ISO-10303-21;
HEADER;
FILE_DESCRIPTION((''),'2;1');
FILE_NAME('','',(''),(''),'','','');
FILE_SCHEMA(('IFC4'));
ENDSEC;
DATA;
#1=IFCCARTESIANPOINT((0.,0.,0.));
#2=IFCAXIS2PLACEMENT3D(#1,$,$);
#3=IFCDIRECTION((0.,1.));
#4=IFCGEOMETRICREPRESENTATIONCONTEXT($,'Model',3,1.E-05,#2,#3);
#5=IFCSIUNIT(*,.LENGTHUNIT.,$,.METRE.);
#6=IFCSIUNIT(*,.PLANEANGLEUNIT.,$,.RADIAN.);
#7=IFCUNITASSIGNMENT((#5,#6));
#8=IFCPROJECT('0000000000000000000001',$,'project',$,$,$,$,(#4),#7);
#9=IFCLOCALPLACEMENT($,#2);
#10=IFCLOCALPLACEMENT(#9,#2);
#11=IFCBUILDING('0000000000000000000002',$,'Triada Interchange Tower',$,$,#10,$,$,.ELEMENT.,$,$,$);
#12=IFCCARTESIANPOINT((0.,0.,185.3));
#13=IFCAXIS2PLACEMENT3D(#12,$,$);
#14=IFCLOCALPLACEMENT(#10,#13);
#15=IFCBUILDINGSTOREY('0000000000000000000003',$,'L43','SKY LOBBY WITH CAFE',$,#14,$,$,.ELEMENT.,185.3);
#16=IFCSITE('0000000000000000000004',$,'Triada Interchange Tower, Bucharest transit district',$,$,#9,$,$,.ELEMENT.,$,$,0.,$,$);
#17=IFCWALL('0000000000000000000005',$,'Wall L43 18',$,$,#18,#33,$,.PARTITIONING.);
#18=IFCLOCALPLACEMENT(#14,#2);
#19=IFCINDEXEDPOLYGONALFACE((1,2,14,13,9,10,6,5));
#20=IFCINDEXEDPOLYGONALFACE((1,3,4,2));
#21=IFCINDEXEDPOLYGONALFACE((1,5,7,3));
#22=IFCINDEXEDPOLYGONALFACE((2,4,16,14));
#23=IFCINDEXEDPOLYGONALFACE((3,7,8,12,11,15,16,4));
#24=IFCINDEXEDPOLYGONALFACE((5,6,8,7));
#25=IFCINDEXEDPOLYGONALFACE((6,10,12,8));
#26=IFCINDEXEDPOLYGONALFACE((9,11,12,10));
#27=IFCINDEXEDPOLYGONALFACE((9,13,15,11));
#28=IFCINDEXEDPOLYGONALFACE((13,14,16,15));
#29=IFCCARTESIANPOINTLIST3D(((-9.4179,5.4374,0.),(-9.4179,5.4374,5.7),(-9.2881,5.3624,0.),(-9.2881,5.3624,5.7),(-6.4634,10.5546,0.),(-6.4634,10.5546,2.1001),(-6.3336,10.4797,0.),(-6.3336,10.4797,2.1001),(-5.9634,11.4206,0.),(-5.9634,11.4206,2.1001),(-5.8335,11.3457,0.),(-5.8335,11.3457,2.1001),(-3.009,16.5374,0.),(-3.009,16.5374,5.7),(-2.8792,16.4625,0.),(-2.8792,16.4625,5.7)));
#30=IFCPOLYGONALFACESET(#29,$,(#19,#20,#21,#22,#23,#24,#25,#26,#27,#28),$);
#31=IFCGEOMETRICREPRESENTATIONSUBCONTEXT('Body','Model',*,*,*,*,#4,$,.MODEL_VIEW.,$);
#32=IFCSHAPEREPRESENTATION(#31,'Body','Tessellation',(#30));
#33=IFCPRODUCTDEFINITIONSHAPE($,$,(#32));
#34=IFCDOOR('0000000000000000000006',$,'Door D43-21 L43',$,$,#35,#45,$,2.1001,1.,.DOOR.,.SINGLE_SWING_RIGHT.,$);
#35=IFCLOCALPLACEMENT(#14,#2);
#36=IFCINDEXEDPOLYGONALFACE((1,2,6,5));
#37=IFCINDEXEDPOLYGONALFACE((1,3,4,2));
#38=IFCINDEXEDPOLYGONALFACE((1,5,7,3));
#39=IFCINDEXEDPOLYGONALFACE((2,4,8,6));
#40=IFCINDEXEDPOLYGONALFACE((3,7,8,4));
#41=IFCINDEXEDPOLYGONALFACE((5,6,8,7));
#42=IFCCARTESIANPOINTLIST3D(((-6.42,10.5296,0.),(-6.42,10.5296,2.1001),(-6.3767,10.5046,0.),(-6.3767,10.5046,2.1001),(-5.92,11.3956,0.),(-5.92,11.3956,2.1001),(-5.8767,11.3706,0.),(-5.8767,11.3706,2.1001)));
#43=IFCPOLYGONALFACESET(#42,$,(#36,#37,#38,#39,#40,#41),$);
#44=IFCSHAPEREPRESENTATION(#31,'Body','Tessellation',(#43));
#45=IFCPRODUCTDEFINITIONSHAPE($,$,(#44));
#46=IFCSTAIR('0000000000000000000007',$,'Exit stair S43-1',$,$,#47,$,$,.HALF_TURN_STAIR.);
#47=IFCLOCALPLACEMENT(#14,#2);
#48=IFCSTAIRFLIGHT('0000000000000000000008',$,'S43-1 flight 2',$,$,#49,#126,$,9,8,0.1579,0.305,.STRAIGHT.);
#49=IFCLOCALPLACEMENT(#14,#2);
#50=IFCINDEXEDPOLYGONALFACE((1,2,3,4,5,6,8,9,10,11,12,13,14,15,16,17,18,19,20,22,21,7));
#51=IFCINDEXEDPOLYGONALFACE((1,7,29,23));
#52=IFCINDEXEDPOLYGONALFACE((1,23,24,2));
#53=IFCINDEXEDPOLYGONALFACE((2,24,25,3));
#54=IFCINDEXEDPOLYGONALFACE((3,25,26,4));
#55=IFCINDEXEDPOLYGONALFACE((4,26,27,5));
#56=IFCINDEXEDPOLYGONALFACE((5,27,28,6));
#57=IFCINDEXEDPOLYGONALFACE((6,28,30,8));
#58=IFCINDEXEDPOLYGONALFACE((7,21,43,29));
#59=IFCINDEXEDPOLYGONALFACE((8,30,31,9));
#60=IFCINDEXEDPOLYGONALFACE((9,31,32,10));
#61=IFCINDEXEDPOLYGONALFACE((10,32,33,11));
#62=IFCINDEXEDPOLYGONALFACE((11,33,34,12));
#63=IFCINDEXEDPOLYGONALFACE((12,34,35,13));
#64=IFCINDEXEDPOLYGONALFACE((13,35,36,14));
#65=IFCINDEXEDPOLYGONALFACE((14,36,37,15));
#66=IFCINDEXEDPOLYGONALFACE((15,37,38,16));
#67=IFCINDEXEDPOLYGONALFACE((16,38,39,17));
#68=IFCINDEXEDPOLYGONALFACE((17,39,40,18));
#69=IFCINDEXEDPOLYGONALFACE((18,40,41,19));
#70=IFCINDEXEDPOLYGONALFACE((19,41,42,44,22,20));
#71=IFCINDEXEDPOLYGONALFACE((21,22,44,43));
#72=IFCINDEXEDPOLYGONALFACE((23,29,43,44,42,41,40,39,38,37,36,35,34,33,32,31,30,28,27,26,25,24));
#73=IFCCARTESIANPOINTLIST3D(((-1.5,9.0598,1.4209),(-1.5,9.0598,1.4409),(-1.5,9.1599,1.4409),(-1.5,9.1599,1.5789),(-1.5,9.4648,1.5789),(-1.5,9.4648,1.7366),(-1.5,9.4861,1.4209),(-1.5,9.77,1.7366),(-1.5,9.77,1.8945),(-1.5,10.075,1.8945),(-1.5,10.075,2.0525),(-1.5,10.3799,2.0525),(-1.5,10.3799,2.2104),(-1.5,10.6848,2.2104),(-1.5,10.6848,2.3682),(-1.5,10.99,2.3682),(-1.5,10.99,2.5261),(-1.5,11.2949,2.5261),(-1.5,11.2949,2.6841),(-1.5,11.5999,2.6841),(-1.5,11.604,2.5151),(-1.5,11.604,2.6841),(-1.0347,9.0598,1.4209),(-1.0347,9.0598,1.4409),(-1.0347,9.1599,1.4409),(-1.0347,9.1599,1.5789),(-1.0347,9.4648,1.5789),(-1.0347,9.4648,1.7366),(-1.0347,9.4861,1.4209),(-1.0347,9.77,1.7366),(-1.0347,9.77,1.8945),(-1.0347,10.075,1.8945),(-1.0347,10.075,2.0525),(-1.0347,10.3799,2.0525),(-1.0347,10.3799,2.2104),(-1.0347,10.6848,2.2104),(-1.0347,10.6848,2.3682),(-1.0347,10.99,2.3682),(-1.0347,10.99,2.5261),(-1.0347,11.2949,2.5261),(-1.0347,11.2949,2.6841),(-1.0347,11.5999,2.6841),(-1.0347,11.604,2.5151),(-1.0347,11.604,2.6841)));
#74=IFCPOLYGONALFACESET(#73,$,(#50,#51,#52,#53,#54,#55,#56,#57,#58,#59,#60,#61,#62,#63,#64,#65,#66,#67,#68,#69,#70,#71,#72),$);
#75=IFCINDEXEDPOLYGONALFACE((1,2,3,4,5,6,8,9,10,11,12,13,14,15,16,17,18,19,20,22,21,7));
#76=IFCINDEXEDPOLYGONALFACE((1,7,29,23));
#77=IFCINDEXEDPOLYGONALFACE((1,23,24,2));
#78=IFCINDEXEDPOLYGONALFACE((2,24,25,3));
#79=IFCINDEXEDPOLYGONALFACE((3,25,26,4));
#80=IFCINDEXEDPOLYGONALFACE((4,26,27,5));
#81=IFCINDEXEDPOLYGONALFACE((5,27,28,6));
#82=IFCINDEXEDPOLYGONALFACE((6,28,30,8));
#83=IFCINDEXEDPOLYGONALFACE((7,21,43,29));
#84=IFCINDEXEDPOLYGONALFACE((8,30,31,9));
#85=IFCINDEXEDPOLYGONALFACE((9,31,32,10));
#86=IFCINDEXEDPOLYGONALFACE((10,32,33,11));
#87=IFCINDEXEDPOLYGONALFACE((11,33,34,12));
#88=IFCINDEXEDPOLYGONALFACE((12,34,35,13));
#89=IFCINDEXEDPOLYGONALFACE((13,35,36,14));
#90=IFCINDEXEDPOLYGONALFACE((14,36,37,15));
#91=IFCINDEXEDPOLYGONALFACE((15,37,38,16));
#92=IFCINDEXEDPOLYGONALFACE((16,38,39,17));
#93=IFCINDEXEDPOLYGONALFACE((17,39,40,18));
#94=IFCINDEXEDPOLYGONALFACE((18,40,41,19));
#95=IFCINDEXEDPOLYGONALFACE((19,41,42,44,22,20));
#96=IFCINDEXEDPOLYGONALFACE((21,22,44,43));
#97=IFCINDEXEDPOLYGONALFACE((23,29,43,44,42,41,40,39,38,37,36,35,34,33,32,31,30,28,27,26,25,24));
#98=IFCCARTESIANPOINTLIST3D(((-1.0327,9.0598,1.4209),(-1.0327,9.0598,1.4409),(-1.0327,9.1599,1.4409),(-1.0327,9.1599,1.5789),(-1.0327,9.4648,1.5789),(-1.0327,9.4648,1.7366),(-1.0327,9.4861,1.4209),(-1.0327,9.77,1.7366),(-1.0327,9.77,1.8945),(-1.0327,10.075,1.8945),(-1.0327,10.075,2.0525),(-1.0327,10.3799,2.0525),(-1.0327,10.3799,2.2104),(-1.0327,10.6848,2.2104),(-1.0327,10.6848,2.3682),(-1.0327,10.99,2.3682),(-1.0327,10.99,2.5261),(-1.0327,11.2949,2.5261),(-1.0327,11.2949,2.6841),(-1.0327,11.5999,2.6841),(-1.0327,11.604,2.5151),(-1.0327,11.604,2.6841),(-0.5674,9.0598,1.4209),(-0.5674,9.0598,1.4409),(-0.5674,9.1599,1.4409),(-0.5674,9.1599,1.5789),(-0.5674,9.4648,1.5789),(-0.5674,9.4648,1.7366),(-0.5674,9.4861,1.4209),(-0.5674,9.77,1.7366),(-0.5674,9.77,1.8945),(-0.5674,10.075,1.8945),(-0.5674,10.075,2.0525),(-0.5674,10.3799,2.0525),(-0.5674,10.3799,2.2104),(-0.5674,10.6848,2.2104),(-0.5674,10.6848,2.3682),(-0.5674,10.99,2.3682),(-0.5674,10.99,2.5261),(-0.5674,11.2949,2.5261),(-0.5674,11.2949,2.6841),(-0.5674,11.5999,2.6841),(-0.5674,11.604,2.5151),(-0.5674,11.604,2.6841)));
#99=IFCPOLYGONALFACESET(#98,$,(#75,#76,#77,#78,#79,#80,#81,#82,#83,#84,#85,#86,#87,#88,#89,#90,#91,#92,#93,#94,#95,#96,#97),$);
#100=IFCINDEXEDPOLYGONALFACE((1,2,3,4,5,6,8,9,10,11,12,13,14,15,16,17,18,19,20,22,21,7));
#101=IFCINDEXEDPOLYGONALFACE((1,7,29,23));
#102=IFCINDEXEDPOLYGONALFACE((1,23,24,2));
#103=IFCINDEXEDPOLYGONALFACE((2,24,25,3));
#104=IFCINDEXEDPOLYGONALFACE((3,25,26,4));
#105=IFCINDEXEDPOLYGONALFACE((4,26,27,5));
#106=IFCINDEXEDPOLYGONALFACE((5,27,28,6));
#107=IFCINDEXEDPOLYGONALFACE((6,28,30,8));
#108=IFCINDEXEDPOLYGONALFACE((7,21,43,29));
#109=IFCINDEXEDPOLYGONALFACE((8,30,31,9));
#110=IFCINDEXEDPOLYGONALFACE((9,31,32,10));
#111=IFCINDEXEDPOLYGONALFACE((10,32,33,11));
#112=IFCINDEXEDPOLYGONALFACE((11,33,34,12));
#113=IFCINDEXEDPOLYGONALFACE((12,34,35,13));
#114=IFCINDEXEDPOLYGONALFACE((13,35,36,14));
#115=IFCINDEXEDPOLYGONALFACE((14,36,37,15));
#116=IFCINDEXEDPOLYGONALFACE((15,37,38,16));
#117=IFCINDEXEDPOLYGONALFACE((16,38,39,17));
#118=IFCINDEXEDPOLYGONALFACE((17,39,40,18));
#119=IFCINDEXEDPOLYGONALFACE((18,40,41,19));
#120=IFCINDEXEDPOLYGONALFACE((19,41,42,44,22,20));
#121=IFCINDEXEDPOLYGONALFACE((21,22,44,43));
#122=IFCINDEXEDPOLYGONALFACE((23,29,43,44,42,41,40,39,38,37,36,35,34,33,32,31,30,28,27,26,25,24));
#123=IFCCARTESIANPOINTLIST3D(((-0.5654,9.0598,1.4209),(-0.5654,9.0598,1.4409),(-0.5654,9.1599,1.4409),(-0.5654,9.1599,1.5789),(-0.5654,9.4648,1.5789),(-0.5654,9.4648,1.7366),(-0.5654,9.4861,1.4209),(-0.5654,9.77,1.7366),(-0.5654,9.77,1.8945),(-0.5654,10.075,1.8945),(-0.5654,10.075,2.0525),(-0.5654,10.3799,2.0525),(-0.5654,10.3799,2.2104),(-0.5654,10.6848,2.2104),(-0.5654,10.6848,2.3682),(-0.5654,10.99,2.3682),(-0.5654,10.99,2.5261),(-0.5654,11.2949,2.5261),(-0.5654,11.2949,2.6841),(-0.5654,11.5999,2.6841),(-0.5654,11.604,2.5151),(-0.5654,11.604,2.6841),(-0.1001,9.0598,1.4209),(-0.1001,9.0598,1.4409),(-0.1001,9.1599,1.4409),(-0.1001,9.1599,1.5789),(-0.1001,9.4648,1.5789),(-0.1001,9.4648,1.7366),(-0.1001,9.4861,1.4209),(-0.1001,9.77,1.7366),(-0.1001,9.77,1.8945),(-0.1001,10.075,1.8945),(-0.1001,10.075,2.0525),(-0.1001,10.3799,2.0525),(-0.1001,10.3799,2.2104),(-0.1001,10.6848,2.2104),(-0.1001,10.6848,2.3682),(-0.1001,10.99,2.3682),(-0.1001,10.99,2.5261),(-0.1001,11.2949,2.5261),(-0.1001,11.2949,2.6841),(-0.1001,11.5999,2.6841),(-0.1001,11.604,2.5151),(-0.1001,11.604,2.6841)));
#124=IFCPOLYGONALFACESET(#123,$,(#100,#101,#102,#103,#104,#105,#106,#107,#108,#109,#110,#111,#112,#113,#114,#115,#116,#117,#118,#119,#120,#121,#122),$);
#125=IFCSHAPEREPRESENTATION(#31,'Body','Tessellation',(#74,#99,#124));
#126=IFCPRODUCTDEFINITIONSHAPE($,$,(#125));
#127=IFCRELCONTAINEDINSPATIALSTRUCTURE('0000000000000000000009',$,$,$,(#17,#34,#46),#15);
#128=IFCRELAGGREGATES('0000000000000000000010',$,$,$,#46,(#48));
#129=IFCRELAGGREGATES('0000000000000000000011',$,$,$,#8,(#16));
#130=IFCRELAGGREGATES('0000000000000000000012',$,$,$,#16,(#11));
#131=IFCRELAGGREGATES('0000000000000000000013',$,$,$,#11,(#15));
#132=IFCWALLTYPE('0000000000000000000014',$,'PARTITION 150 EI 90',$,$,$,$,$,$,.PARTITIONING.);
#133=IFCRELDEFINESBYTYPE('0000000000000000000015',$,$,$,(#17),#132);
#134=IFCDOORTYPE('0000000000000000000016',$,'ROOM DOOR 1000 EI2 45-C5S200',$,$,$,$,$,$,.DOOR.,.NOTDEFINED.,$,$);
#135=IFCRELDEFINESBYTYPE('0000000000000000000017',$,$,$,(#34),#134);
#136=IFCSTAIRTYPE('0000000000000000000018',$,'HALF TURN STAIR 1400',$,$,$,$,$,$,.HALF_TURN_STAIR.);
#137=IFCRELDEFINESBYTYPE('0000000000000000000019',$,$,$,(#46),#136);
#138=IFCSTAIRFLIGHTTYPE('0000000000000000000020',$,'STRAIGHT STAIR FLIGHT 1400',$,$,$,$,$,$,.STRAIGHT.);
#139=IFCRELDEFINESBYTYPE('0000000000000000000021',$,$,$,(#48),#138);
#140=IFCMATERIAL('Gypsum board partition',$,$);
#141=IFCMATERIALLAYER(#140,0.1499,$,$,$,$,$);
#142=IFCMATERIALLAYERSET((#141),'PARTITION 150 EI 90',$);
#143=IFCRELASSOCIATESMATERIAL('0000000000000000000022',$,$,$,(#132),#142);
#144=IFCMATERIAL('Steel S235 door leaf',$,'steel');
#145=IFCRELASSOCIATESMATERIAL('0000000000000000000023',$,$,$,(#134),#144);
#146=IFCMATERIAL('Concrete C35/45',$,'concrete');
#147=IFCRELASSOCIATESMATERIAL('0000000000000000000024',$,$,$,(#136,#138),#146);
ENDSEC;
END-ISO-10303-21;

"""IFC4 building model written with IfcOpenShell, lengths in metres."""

from ifc_helpers import new_model, si_unit, direction, frame, frame_2d, origin, place, context, subcontext, project, spatial, polyline, rectangle, outline, extrude, material, layer, layer_set, type_object, element, fill, aggregate, save


model = new_model("IFC4")

# Units and contexts
model_context = context("Model", 3, precision=1e-05, world=origin(), true_north=direction((0.0, 1.0)))
body_context = subcontext(model_context, "Body", "Model", "MODEL_VIEW")
ifc_project = project(units=[si_unit("LENGTHUNIT", "METRE"), si_unit("PLANEANGLEUNIT", "RADIAN")], contexts=[model_context])

# Site, building, storey
site_placement = place(None, origin())
site = spatial("IfcSite", under=ifc_project, at=site_placement, Name="Triada Interchange Tower, Bucharest transit district", CompositionType="ELEMENT", RefElevation=0.0)
building_placement = place(site_placement, origin())
building = spatial("IfcBuilding", under=site, at=building_placement, Name="Triada Interchange Tower", CompositionType="ELEMENT")
storey_placement = place(building_placement, frame((0.0, 0.0, 185.3)))
storey = spatial("IfcBuildingStorey", under=building, at=storey_placement, Name="L43", Description="SKY LOBBY WITH CAFE", CompositionType="ELEMENT", Elevation=185.3)

# Shared definitions
ifc_material_1 = material(Name="Steel S235 door leaf", Category="steel")

# Wall, opening, door
ifc_material_2 = material(Name="Gypsum board partition")
ifc_layer_1 = layer(ifc_material_2, 0.1499)
ifc_layer_set_1 = layer_set([ifc_layer_1], Name="PARTITION 150 EI 90")
wall_type_1 = type_object("IfcWallType", Name="PARTITION 150 EI 90", PredefinedType="PARTITIONING", material=ifc_layer_set_1)
wall_1_placement = place(storey_placement, frame((-9.353, 5.3999, 0.0), z_axis=(0.0, 0.0, 1.0), x_axis=(0.500017, 0.866016, 0.0)))
wall_1 = element("IfcWall", 1, at=wall_1_placement, inside=storey, type_object=wall_type_1, Name="Wall L43 18", PredefinedType="PARTITIONING", context=body_context, shape_type="SweptSolid", body=[
    extrude(rectangle(XDim=12.8174, YDim=0.1499, at=frame_2d((6.4087, 0.0))), origin(), (0.0, 0.0, 1.0), 5.7),
])
opening_1_placement = place(wall_1_placement, frame((5.9089, 0.0, 0.0)))
opening_1 = element("IfcOpeningElement", 2, at=opening_1_placement, cuts=wall_1, PredefinedType="OPENING", context=body_context, shape_type="SweptSolid", body=[
    extrude(rectangle(XDim=1.0, YDim=2.1001, at=frame_2d((0.5, 1.05))), frame((0.0, 0.085, 0.0), z_axis=(0.0, -1.0, 0.0), x_axis=(1.0, 0.0, 0.0)), (0.0, 0.0, 1.0), 0.1699),
])
door_type_1 = type_object("IfcDoorType", Name="ROOM DOOR 1000 EI2 45-C5S200", OperationType="NOTDEFINED", PredefinedType="DOOR", material=ifc_material_1)
door_1_placement = place(opening_1_placement, origin())
door_1 = element("IfcDoor", 3, at=door_1_placement, inside=storey, type_object=door_type_1, Name="Door D43-21 L43", OperationType="SINGLE_SWING_RIGHT", OverallHeight=2.1001, OverallWidth=1.0, PredefinedType="DOOR", context=body_context, shape_type="SweptSolid", body=[
    extrude(rectangle(XDim=1.0, YDim=2.1001, at=frame_2d((0.5, 1.05))), frame((0.0, 0.0249, 0.0), z_axis=(0.0, -1.0, 0.0), x_axis=(1.0, 0.0, 0.0)), (0.0, 0.0, 1.0), 0.05),
])
fill(opening_1, door_1)

# Stair, stair flight
ifc_material_3 = material(Name="Concrete C35/45", Category="concrete")
stair_type = type_object("IfcStairType", Name="HALF TURN STAIR 1400", PredefinedType="HALF_TURN_STAIR", material=ifc_material_3)
stair_placement = place(storey_placement, origin())
stair = element("IfcStair", 4, at=stair_placement, inside=storey, type_object=stair_type, Name="Exit stair S43-1", PredefinedType="HALF_TURN_STAIR")
stair_flight_type = type_object("IfcStairFlightType", Name="STRAIGHT STAIR FLIGHT 1400", PredefinedType="STRAIGHT", material=ifc_material_3)
stair_flight_1_placement = place(storey_placement, frame((-0.8, 9.1599, 1.4209), z_axis=(0.0, 0.0, 1.0), x_axis=(0.0, 1.0, 0.0)))
stair_flight_1 = element("IfcStairFlight", 5, at=stair_flight_1_placement, type_object=stair_flight_type, Name="S43-1 flight 2", NumberOfRisers=9, NumberOfTreads=8, PredefinedType="STRAIGHT", RiserHeight=0.1579, TreadLength=0.305, context=body_context, shape_type="SweptSolid", body=[
    extrude(outline(polyline([(-0.1001, 0.0), (-0.1001, 0.02), (0.0, 0.02), (0.0, 0.158), (0.3049, 0.158), (0.3049, 0.3157), (0.6101, 0.3157), (0.6101, 0.4736), (0.915, 0.4736), (0.915, 0.6316), (1.22, 0.6316), (1.22, 0.7896), (1.5249, 0.7896), (1.5249, 0.9473), (1.8301, 0.9473), (1.8301, 1.1052), (2.135, 1.1052), (2.135, 1.2632), (2.4399, 1.2632), (2.4441, 1.2632), (2.4441, 1.4209), (2.4441, 1.0942), (0.3262, 0.0), (-0.1001, 0.0)])), frame((0.0, 0.7, 0.0), z_axis=(0.0, -1.0, 0.0), x_axis=(1.0, 0.0, 0.0)), (0.0, 0.0, 1.0), 0.4653),
    extrude(outline(polyline([(-0.1001, 0.0), (-0.1001, 0.02), (0.0, 0.02), (0.0, 0.158), (0.3049, 0.158), (0.3049, 0.3157), (0.6101, 0.3157), (0.6101, 0.4736), (0.915, 0.4736), (0.915, 0.6316), (1.22, 0.6316), (1.22, 0.7896), (1.5249, 0.7896), (1.5249, 0.9473), (1.8301, 0.9473), (1.8301, 1.1052), (2.135, 1.1052), (2.135, 1.2632), (2.4399, 1.2632), (2.4441, 1.2632), (2.4441, 1.4209), (2.4441, 1.0942), (0.3262, 0.0), (-0.1001, 0.0)])), frame((0.0, 0.2327, 0.0), z_axis=(0.0, -1.0, 0.0), x_axis=(1.0, 0.0, 0.0)), (0.0, 0.0, 1.0), 0.4653),
    extrude(outline(polyline([(-0.1001, 0.0), (-0.1001, 0.02), (0.0, 0.02), (0.0, 0.158), (0.3049, 0.158), (0.3049, 0.3157), (0.6101, 0.3157), (0.6101, 0.4736), (0.915, 0.4736), (0.915, 0.6316), (1.22, 0.6316), (1.22, 0.7896), (1.5249, 0.7896), (1.5249, 0.9473), (1.8301, 0.9473), (1.8301, 1.1052), (2.135, 1.1052), (2.135, 1.2632), (2.4399, 1.2632), (2.4441, 1.2632), (2.4441, 1.4209), (2.4441, 1.0942), (0.3262, 0.0), (-0.1001, 0.0)])), frame((0.0, -0.2346, 0.0), z_axis=(0.0, -1.0, 0.0), x_axis=(1.0, 0.0, 0.0)), (0.0, 0.0, 1.0), 0.4653),
])
aggregate(stair, [stair_flight_1])

save(model, "model.ifc")
